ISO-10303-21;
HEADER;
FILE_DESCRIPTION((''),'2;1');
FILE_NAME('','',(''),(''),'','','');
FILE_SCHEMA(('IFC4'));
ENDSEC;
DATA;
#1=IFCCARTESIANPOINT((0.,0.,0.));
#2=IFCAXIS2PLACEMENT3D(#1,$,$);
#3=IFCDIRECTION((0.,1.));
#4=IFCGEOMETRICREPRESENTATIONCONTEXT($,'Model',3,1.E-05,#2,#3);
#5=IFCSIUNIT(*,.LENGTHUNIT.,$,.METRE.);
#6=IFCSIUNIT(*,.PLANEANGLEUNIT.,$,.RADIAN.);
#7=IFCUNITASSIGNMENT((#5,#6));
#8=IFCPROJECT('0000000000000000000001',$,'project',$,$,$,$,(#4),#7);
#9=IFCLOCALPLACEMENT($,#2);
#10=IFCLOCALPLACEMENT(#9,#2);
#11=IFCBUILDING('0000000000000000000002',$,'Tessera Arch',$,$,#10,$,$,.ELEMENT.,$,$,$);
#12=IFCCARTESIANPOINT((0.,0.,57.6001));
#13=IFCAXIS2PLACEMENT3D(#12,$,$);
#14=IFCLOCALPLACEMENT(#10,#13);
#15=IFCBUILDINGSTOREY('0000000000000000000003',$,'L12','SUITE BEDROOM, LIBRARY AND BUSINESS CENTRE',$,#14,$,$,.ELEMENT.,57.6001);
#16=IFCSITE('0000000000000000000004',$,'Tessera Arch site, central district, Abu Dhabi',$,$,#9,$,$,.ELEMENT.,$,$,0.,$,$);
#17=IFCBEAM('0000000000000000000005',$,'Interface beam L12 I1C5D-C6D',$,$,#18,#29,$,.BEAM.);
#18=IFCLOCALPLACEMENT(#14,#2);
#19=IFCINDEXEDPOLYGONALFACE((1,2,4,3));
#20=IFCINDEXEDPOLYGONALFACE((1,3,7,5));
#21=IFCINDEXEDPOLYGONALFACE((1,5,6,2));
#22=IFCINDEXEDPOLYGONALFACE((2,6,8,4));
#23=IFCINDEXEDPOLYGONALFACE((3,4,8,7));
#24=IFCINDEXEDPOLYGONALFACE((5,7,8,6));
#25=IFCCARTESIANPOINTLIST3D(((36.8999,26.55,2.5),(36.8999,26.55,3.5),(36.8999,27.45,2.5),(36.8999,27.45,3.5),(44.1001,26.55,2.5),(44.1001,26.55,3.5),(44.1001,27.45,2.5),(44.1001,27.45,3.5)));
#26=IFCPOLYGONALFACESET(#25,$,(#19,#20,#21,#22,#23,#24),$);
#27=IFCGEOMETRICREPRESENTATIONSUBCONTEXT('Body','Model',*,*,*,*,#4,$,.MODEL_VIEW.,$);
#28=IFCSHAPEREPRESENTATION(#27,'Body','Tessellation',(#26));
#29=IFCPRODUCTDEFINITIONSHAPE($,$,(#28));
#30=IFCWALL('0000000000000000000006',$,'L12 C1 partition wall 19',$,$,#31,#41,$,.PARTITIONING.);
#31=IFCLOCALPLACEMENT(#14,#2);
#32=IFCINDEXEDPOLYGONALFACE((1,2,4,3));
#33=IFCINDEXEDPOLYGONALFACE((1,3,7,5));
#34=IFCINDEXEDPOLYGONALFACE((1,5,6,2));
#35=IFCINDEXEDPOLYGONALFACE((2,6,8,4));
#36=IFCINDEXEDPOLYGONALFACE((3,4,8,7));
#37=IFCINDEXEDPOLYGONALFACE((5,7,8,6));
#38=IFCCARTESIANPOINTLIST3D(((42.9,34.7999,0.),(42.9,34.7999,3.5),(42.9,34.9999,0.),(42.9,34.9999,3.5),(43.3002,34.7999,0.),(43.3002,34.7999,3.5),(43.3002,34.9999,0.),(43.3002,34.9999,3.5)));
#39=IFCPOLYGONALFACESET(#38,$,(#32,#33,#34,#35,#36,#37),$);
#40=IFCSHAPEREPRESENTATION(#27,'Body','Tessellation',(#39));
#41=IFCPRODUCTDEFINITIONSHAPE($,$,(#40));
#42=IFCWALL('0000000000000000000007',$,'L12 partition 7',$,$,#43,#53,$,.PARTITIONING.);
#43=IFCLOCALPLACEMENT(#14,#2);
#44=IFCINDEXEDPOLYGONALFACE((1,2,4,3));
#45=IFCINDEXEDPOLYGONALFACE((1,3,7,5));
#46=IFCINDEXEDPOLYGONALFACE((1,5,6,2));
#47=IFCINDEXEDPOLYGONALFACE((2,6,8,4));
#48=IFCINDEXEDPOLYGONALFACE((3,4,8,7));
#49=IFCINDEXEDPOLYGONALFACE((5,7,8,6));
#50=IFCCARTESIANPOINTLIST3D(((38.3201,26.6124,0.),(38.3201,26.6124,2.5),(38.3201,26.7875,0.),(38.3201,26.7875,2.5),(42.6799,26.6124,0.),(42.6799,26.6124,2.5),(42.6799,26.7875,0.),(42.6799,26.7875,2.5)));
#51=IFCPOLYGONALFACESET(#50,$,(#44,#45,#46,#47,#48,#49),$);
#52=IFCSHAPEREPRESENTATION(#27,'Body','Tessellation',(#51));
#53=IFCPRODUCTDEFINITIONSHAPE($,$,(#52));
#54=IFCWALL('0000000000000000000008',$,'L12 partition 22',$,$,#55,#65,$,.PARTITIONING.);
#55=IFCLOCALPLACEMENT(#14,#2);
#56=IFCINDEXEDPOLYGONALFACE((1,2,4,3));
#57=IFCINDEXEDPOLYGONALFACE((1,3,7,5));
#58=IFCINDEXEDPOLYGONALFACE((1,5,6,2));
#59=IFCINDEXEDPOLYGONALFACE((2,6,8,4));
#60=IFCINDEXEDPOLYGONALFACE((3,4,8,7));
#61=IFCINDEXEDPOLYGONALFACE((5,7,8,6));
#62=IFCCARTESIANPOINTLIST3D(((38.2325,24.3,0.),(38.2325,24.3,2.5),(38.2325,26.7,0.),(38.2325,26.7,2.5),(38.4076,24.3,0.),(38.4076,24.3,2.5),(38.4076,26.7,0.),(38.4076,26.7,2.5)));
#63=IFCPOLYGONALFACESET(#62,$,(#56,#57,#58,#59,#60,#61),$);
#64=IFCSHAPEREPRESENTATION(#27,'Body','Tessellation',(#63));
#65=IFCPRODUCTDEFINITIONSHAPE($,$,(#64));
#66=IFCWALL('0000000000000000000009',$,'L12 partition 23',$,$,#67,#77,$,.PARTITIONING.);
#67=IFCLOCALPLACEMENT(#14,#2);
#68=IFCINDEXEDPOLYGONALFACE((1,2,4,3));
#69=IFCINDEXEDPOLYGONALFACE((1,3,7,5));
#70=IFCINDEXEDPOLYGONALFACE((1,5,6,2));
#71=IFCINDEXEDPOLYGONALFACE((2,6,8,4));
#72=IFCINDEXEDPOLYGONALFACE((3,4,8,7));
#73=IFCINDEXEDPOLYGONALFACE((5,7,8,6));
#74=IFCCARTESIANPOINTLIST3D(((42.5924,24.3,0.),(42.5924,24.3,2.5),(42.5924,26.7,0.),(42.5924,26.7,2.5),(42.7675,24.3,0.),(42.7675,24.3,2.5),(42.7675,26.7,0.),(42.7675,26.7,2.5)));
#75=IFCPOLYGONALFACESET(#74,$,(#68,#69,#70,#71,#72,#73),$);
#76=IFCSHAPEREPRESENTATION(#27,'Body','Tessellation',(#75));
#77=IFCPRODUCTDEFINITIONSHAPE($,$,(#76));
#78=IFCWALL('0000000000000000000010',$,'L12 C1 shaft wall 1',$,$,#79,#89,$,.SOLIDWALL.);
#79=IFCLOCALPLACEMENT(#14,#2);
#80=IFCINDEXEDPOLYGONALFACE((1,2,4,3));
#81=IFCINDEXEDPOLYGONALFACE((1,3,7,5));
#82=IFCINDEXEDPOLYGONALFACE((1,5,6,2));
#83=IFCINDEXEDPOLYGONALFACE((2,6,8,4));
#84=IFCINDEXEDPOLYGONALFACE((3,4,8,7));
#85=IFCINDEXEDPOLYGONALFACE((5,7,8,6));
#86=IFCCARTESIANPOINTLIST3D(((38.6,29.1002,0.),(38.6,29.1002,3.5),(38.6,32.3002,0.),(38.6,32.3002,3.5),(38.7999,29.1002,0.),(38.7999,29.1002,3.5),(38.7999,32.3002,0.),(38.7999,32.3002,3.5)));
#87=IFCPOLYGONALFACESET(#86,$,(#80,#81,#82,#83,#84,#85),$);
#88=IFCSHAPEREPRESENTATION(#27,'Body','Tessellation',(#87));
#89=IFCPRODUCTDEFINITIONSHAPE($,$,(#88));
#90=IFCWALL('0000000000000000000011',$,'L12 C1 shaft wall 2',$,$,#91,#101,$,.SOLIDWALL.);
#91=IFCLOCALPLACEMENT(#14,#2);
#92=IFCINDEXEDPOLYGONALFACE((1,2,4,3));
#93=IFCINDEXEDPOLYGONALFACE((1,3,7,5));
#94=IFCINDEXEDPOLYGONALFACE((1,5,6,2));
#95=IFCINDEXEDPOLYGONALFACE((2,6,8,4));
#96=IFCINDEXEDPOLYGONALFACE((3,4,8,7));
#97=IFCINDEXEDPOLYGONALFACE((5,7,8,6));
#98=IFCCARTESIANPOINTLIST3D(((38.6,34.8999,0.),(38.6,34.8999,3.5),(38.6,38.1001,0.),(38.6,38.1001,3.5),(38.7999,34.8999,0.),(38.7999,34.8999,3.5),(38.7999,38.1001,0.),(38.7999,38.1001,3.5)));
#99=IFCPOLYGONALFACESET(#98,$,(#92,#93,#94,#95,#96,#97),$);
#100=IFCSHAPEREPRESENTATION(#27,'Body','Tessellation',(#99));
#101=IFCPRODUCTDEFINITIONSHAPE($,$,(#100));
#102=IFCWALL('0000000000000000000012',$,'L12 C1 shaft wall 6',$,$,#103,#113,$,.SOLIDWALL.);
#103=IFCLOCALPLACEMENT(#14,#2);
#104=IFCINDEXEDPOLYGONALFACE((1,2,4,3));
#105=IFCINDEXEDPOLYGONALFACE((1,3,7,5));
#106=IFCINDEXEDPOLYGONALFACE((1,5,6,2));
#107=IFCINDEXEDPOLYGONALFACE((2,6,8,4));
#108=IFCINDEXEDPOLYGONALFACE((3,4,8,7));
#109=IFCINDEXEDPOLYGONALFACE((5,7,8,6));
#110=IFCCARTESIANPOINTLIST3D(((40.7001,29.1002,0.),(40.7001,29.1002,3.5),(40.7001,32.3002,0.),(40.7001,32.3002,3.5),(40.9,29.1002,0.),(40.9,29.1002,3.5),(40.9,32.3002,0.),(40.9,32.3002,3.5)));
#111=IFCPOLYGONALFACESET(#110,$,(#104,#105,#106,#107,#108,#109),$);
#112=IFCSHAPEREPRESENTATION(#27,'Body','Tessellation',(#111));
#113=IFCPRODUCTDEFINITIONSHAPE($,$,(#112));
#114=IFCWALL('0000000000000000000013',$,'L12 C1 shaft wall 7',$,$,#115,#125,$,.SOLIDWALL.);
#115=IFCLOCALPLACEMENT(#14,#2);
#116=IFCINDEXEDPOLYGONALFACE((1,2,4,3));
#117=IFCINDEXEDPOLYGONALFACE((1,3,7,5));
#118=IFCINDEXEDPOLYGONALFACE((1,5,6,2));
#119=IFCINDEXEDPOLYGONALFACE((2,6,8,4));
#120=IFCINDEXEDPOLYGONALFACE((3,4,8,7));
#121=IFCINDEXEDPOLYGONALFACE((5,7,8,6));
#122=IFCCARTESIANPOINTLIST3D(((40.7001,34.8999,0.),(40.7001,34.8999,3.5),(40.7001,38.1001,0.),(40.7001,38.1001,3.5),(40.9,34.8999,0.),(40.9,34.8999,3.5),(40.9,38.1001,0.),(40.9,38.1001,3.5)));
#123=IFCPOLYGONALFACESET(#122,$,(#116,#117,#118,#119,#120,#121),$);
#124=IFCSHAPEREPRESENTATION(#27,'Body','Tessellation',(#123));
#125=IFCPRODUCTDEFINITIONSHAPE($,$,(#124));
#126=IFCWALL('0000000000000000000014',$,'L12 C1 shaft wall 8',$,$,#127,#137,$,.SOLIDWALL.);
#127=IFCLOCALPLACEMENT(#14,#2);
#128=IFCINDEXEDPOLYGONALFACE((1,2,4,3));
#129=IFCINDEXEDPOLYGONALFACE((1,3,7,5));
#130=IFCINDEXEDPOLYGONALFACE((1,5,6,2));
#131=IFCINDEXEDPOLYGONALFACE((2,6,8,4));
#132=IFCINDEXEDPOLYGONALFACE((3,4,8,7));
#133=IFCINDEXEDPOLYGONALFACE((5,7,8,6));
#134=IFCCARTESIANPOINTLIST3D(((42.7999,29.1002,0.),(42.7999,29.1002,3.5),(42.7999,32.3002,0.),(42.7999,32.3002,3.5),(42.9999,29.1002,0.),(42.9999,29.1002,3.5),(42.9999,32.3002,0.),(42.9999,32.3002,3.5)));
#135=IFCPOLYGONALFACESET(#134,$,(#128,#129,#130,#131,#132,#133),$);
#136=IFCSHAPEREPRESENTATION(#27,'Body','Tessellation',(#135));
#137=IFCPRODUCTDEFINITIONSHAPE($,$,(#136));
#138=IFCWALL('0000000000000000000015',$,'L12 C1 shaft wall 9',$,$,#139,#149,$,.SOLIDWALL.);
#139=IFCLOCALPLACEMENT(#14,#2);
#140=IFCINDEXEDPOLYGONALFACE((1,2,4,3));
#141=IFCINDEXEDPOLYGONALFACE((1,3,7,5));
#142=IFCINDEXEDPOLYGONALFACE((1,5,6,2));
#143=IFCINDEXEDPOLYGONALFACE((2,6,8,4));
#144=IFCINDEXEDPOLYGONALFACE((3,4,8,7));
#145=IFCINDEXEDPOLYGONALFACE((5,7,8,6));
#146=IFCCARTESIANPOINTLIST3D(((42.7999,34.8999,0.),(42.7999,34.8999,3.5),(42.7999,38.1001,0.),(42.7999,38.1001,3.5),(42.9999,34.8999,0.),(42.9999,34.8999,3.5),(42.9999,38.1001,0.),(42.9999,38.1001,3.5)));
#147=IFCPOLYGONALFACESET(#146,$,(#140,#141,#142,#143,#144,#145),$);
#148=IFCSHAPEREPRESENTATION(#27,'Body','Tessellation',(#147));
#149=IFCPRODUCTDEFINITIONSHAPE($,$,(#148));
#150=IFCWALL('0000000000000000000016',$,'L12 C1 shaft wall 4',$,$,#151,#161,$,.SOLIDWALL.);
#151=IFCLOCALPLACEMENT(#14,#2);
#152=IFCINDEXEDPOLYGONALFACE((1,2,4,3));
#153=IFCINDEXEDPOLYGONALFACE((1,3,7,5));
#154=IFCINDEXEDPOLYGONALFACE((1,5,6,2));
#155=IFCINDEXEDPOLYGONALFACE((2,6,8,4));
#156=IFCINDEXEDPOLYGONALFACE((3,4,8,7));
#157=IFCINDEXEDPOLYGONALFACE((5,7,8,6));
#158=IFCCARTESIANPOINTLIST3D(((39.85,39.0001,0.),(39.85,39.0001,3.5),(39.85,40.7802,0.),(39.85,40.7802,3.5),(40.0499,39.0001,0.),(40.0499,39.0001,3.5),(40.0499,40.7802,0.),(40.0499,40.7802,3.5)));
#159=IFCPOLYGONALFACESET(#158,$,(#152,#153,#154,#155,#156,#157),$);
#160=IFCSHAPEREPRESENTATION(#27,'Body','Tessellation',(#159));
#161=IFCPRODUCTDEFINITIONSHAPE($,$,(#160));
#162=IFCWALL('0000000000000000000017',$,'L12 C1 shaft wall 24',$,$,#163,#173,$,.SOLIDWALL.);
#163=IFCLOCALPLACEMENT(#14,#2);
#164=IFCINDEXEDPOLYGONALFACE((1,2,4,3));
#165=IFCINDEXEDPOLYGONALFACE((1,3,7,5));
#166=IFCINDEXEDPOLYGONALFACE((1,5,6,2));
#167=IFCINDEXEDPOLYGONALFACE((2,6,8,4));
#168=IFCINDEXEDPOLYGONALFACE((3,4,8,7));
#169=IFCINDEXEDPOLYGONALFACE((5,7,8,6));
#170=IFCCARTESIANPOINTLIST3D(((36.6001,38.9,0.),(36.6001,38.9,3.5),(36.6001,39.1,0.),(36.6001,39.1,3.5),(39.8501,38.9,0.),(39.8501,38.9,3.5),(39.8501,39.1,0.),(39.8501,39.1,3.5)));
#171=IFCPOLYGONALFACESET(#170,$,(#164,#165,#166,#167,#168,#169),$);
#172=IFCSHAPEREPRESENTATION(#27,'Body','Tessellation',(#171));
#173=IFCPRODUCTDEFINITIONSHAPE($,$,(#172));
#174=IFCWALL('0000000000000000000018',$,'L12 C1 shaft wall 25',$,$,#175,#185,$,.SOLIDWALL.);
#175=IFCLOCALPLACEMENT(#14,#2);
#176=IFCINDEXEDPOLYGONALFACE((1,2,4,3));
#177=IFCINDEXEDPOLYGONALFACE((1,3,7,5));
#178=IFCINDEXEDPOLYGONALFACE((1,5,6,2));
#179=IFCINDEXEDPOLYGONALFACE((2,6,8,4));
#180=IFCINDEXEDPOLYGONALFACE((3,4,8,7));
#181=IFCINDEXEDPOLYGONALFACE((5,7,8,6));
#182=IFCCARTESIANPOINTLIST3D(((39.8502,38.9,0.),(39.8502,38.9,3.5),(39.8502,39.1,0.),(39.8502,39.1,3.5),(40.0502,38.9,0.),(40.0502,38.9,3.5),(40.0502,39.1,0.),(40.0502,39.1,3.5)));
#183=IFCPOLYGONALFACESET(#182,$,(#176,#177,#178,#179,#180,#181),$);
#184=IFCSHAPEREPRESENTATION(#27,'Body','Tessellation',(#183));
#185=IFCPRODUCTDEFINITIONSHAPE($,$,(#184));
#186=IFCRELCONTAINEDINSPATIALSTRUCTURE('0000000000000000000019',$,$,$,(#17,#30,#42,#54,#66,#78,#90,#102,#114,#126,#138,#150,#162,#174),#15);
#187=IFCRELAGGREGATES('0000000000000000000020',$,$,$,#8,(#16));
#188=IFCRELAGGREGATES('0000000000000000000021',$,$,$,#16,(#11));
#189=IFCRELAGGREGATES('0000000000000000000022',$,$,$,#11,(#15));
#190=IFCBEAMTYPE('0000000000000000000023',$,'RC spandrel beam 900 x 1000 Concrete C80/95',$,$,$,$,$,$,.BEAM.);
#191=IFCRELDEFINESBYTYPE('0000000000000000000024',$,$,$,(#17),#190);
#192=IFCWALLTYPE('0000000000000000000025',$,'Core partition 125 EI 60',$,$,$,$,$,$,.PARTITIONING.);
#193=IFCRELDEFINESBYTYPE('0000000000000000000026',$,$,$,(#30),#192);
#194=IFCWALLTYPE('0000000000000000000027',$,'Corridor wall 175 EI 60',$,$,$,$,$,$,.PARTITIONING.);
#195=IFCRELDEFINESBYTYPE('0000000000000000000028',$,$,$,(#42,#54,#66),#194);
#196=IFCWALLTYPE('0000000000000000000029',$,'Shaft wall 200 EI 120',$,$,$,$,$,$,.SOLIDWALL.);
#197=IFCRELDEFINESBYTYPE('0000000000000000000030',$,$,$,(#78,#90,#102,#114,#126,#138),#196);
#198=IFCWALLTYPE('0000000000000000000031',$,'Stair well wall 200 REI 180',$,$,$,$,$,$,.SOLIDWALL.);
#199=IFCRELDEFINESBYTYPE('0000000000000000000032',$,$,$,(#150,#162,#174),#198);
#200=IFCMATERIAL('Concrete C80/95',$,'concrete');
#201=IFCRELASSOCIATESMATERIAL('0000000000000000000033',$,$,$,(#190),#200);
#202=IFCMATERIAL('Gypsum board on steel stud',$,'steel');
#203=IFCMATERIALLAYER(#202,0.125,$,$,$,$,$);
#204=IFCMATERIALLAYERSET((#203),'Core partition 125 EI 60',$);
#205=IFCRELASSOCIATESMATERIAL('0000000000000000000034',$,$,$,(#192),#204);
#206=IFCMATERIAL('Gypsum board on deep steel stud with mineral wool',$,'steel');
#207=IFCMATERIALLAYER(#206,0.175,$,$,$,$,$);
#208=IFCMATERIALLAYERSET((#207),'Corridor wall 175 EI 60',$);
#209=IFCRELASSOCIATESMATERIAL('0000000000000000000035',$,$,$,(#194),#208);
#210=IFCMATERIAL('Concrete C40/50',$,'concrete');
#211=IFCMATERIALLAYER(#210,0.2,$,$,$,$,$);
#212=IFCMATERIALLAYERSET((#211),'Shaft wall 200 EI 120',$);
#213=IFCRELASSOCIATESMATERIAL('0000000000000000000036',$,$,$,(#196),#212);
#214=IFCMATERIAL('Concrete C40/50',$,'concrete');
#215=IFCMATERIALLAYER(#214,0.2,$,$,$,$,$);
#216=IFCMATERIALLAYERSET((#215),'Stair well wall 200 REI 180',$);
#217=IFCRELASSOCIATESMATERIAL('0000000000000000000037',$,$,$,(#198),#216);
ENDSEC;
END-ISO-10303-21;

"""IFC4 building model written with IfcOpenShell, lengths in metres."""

from ifc_helpers import new_model, si_unit, direction, frame, frame_2d, origin, origin_2d, place, context, subcontext, project, spatial, rectangle, extrude, material, layer, layer_set, material_profile, profile_set, type_object, element, save


model = new_model("IFC4")

# Units and contexts
model_context = context("Model", 3, precision=1e-05, world=origin(), true_north=direction((0.0, 1.0)))
body_context = subcontext(model_context, "Body", "Model", "MODEL_VIEW")
ifc_project = project(units=[si_unit("LENGTHUNIT", "METRE"), si_unit("PLANEANGLEUNIT", "RADIAN")], contexts=[model_context])

# Site, building, storey
site_placement = place(None, origin())
site = spatial("IfcSite", under=ifc_project, at=site_placement, Name="Tessera Arch site, central district, Abu Dhabi", CompositionType="ELEMENT", RefElevation=0.0)
building_placement = place(site_placement, origin())
building = spatial("IfcBuilding", under=site, at=building_placement, Name="Tessera Arch", CompositionType="ELEMENT")
storey_placement = place(building_placement, frame((0.0, 0.0, 57.6001)))
storey = spatial("IfcBuildingStorey", under=building, at=storey_placement, Name="L12", Description="SUITE BEDROOM, LIBRARY AND BUSINESS CENTRE", CompositionType="ELEMENT", Elevation=57.6001)

# Beam
ifc_material_1 = material(Name="Concrete C80/95", Category="concrete")
ifc_material_profile = material_profile(ifc_material_1, rectangle(XDim=0.8999, YDim=1.0, at=origin_2d()), Name="RC spandrel beam 900 x 1000 Concrete C80/95")
ifc_profile_set = profile_set([ifc_material_profile], Name="Concrete C80/95")
beam_type = type_object("IfcBeamType", Name="RC spandrel beam 900 x 1000 Concrete C80/95", PredefinedType="BEAM", material=ifc_profile_set)
beam_placement = place(storey_placement, frame((36.8999, 27.0, 3.0), z_axis=(1.0, 0.0, 0.0), x_axis=(0.0, 1.0, 0.0)))
element("IfcBeam", 1, at=beam_placement, inside=storey, type_object=beam_type, Name="Interface beam L12 I1C5D-C6D", PredefinedType="BEAM", context=body_context, shape_type="SweptSolid", body=[
    extrude(rectangle(XDim=0.8999, YDim=1.0, at=origin_2d()), origin(), (0.0, 0.0, 1.0), 7.2002),
])

# Walls
ifc_material_2 = material(Name="Gypsum board on steel stud", Category="steel")
ifc_layer_1 = layer(ifc_material_2, 0.125)
ifc_layer_set_1 = layer_set([ifc_layer_1], Name="Core partition 125 EI 60")
wall_type_1 = type_object("IfcWallType", Name="Core partition 125 EI 60", PredefinedType="PARTITIONING", material=ifc_layer_set_1)
wall_1_placement = place(storey_placement, frame((42.8999, 34.8999, 0.0), z_axis=(0.0, 0.0, 1.0), x_axis=(1.0, 0.0, 0.0)))
element("IfcWall", 2, at=wall_1_placement, inside=storey, type_object=wall_type_1, Name="L12 C1 partition wall 19", PredefinedType="PARTITIONING", context=body_context, shape_type="SweptSolid", body=[
    extrude(rectangle(XDim=0.4001, YDim=0.2, at=frame_2d((0.2002, 0.0))), origin(), (0.0, 0.0, 1.0), 3.5),
])
ifc_material_3 = material(Name="Gypsum board on deep steel stud with mineral wool", Category="steel")
ifc_layer_2 = layer(ifc_material_3, 0.175)
ifc_layer_set_2 = layer_set([ifc_layer_2], Name="Corridor wall 175 EI 60")
wall_type_2 = type_object("IfcWallType", Name="Corridor wall 175 EI 60", PredefinedType="PARTITIONING", material=ifc_layer_set_2)
wall_2_placement = place(storey_placement, frame((38.3201, 26.7, 0.0), z_axis=(0.0, 0.0, 1.0), x_axis=(1.0, 0.0, 0.0)))
element("IfcWall", 3, at=wall_2_placement, inside=storey, type_object=wall_type_2, Name="L12 partition 7", PredefinedType="PARTITIONING", context=body_context, shape_type="SweptSolid", body=[
    extrude(rectangle(XDim=4.3599, YDim=0.175, at=frame_2d((2.1799, 0.0))), origin(), (0.0, 0.0, 1.0), 2.5),
])
for number, where, z_axis, x_axis, name in (
    (4, (38.3201, 24.3, 0.0), (0.0, 0.0, 1.0), (0.0, 1.0, 0.0), "L12 partition 22"),
    (5, (42.6799, 24.3, 0.0), (0.0, 0.0, 1.0), (0.0, 1.0, 0.0), "L12 partition 23"),
):
    element("IfcWall", number, at=place(storey_placement, frame(where, z_axis=z_axis, x_axis=x_axis)), inside=storey, type_object=wall_type_2, Name=name, PredefinedType="PARTITIONING", context=body_context, shape_type="SweptSolid", body=[
        extrude(rectangle(XDim=2.3999, YDim=0.175, at=frame_2d((1.2, 0.0))), origin(), (0.0, 0.0, 1.0), 2.5),
    ])
ifc_material_4 = material(Name="Concrete C40/50", Category="concrete")
ifc_layer_3 = layer(ifc_material_4, 0.2)
ifc_layer_set_3 = layer_set([ifc_layer_3], Name="Shaft wall 200 EI 120")
wall_type_3 = type_object("IfcWallType", Name="Shaft wall 200 EI 120", PredefinedType="SOLIDWALL", material=ifc_layer_set_3)
wall_3_placement = place(storey_placement, frame((38.7, 29.1001, 0.0), z_axis=(0.0, 0.0, 1.0), x_axis=(0.0, 1.0, 0.0)))
element("IfcWall", 6, at=wall_3_placement, inside=storey, type_object=wall_type_3, Name="L12 C1 shaft wall 1", PredefinedType="SOLIDWALL", context=body_context, shape_type="SweptSolid", body=[
    extrude(rectangle(XDim=3.2, YDim=0.2, at=frame_2d((1.6001, 0.0))), origin(), (0.0, 0.0, 1.0), 3.5),
])
wall_4_placement = place(storey_placement, frame((38.7, 34.8999, 0.0), z_axis=(0.0, 0.0, 1.0), x_axis=(0.0, 1.0, 0.0)))
element("IfcWall", 7, at=wall_4_placement, inside=storey, type_object=wall_type_3, Name="L12 C1 shaft wall 2", PredefinedType="SOLIDWALL", context=body_context, shape_type="SweptSolid", body=[
    extrude(rectangle(XDim=3.2002, YDim=0.2, at=frame_2d((1.6001, 0.0))), origin(), (0.0, 0.0, 1.0), 3.5),
])
wall_5_placement = place(storey_placement, frame((40.8, 29.1001, 0.0), z_axis=(0.0, 0.0, 1.0), x_axis=(0.0, 1.0, 0.0)))
element("IfcWall", 8, at=wall_5_placement, inside=storey, type_object=wall_type_3, Name="L12 C1 shaft wall 6", PredefinedType="SOLIDWALL", context=body_context, shape_type="SweptSolid", body=[
    extrude(rectangle(XDim=3.2, YDim=0.2, at=frame_2d((1.6001, 0.0))), origin(), (0.0, 0.0, 1.0), 3.5),
])
wall_6_placement = place(storey_placement, frame((40.8, 34.8999, 0.0), z_axis=(0.0, 0.0, 1.0), x_axis=(0.0, 1.0, 0.0)))
element("IfcWall", 9, at=wall_6_placement, inside=storey, type_object=wall_type_3, Name="L12 C1 shaft wall 7", PredefinedType="SOLIDWALL", context=body_context, shape_type="SweptSolid", body=[
    extrude(rectangle(XDim=3.2002, YDim=0.2, at=frame_2d((1.6001, 0.0))), origin(), (0.0, 0.0, 1.0), 3.5),
])
wall_7_placement = place(storey_placement, frame((42.8999, 29.1001, 0.0), z_axis=(0.0, 0.0, 1.0), x_axis=(0.0, 1.0, 0.0)))
element("IfcWall", 10, at=wall_7_placement, inside=storey, type_object=wall_type_3, Name="L12 C1 shaft wall 8", PredefinedType="SOLIDWALL", context=body_context, shape_type="SweptSolid", body=[
    extrude(rectangle(XDim=3.2, YDim=0.2, at=frame_2d((1.6001, 0.0))), origin(), (0.0, 0.0, 1.0), 3.5),
])
wall_8_placement = place(storey_placement, frame((42.8999, 34.8999, 0.0), z_axis=(0.0, 0.0, 1.0), x_axis=(0.0, 1.0, 0.0)))
element("IfcWall", 11, at=wall_8_placement, inside=storey, type_object=wall_type_3, Name="L12 C1 shaft wall 9", PredefinedType="SOLIDWALL", context=body_context, shape_type="SweptSolid", body=[
    extrude(rectangle(XDim=3.2002, YDim=0.2, at=frame_2d((1.6001, 0.0))), origin(), (0.0, 0.0, 1.0), 3.5),
])
ifc_material_5 = material(Name="Concrete C40/50", Category="concrete")
ifc_layer_4 = layer(ifc_material_5, 0.2)
ifc_layer_set_4 = layer_set([ifc_layer_4], Name="Stair well wall 200 REI 180")
wall_type_4 = type_object("IfcWallType", Name="Stair well wall 200 REI 180", PredefinedType="SOLIDWALL", material=ifc_layer_set_4)
wall_9_placement = place(storey_placement, frame((39.95, 39.0, 0.0), z_axis=(0.0, 0.0, 1.0), x_axis=(0.0, 1.0, 0.0)))
element("IfcWall", 12, at=wall_9_placement, inside=storey, type_object=wall_type_4, Name="L12 C1 shaft wall 4", PredefinedType="SOLIDWALL", context=body_context, shape_type="SweptSolid", body=[
    extrude(rectangle(XDim=1.78, YDim=0.2, at=frame_2d((0.8901, 0.0))), origin(), (0.0, 0.0, 1.0), 3.5),
])
wall_10_placement = place(storey_placement, frame((36.6001, 39.0, 0.0), z_axis=(0.0, 0.0, 1.0), x_axis=(1.0, 0.0, 0.0)))
element("IfcWall", 13, at=wall_10_placement, inside=storey, type_object=wall_type_4, Name="L12 C1 shaft wall 24", PredefinedType="SOLIDWALL", context=body_context, shape_type="SweptSolid", body=[
    extrude(rectangle(XDim=3.25, YDim=0.2, at=frame_2d((1.625, 0.0))), origin(), (0.0, 0.0, 1.0), 3.5),
])
wall_11_placement = place(storey_placement, frame((39.8501, 39.0, 0.0), z_axis=(0.0, 0.0, 1.0), x_axis=(1.0, 0.0, 0.0)))
element("IfcWall", 14, at=wall_11_placement, inside=storey, type_object=wall_type_4, Name="L12 C1 shaft wall 25", PredefinedType="SOLIDWALL", context=body_context, shape_type="SweptSolid", body=[
    extrude(rectangle(XDim=0.2, YDim=0.2, at=frame_2d((0.1001, 0.0))), origin(), (0.0, 0.0, 1.0), 3.5),
])

save(model, "model.ifc")
